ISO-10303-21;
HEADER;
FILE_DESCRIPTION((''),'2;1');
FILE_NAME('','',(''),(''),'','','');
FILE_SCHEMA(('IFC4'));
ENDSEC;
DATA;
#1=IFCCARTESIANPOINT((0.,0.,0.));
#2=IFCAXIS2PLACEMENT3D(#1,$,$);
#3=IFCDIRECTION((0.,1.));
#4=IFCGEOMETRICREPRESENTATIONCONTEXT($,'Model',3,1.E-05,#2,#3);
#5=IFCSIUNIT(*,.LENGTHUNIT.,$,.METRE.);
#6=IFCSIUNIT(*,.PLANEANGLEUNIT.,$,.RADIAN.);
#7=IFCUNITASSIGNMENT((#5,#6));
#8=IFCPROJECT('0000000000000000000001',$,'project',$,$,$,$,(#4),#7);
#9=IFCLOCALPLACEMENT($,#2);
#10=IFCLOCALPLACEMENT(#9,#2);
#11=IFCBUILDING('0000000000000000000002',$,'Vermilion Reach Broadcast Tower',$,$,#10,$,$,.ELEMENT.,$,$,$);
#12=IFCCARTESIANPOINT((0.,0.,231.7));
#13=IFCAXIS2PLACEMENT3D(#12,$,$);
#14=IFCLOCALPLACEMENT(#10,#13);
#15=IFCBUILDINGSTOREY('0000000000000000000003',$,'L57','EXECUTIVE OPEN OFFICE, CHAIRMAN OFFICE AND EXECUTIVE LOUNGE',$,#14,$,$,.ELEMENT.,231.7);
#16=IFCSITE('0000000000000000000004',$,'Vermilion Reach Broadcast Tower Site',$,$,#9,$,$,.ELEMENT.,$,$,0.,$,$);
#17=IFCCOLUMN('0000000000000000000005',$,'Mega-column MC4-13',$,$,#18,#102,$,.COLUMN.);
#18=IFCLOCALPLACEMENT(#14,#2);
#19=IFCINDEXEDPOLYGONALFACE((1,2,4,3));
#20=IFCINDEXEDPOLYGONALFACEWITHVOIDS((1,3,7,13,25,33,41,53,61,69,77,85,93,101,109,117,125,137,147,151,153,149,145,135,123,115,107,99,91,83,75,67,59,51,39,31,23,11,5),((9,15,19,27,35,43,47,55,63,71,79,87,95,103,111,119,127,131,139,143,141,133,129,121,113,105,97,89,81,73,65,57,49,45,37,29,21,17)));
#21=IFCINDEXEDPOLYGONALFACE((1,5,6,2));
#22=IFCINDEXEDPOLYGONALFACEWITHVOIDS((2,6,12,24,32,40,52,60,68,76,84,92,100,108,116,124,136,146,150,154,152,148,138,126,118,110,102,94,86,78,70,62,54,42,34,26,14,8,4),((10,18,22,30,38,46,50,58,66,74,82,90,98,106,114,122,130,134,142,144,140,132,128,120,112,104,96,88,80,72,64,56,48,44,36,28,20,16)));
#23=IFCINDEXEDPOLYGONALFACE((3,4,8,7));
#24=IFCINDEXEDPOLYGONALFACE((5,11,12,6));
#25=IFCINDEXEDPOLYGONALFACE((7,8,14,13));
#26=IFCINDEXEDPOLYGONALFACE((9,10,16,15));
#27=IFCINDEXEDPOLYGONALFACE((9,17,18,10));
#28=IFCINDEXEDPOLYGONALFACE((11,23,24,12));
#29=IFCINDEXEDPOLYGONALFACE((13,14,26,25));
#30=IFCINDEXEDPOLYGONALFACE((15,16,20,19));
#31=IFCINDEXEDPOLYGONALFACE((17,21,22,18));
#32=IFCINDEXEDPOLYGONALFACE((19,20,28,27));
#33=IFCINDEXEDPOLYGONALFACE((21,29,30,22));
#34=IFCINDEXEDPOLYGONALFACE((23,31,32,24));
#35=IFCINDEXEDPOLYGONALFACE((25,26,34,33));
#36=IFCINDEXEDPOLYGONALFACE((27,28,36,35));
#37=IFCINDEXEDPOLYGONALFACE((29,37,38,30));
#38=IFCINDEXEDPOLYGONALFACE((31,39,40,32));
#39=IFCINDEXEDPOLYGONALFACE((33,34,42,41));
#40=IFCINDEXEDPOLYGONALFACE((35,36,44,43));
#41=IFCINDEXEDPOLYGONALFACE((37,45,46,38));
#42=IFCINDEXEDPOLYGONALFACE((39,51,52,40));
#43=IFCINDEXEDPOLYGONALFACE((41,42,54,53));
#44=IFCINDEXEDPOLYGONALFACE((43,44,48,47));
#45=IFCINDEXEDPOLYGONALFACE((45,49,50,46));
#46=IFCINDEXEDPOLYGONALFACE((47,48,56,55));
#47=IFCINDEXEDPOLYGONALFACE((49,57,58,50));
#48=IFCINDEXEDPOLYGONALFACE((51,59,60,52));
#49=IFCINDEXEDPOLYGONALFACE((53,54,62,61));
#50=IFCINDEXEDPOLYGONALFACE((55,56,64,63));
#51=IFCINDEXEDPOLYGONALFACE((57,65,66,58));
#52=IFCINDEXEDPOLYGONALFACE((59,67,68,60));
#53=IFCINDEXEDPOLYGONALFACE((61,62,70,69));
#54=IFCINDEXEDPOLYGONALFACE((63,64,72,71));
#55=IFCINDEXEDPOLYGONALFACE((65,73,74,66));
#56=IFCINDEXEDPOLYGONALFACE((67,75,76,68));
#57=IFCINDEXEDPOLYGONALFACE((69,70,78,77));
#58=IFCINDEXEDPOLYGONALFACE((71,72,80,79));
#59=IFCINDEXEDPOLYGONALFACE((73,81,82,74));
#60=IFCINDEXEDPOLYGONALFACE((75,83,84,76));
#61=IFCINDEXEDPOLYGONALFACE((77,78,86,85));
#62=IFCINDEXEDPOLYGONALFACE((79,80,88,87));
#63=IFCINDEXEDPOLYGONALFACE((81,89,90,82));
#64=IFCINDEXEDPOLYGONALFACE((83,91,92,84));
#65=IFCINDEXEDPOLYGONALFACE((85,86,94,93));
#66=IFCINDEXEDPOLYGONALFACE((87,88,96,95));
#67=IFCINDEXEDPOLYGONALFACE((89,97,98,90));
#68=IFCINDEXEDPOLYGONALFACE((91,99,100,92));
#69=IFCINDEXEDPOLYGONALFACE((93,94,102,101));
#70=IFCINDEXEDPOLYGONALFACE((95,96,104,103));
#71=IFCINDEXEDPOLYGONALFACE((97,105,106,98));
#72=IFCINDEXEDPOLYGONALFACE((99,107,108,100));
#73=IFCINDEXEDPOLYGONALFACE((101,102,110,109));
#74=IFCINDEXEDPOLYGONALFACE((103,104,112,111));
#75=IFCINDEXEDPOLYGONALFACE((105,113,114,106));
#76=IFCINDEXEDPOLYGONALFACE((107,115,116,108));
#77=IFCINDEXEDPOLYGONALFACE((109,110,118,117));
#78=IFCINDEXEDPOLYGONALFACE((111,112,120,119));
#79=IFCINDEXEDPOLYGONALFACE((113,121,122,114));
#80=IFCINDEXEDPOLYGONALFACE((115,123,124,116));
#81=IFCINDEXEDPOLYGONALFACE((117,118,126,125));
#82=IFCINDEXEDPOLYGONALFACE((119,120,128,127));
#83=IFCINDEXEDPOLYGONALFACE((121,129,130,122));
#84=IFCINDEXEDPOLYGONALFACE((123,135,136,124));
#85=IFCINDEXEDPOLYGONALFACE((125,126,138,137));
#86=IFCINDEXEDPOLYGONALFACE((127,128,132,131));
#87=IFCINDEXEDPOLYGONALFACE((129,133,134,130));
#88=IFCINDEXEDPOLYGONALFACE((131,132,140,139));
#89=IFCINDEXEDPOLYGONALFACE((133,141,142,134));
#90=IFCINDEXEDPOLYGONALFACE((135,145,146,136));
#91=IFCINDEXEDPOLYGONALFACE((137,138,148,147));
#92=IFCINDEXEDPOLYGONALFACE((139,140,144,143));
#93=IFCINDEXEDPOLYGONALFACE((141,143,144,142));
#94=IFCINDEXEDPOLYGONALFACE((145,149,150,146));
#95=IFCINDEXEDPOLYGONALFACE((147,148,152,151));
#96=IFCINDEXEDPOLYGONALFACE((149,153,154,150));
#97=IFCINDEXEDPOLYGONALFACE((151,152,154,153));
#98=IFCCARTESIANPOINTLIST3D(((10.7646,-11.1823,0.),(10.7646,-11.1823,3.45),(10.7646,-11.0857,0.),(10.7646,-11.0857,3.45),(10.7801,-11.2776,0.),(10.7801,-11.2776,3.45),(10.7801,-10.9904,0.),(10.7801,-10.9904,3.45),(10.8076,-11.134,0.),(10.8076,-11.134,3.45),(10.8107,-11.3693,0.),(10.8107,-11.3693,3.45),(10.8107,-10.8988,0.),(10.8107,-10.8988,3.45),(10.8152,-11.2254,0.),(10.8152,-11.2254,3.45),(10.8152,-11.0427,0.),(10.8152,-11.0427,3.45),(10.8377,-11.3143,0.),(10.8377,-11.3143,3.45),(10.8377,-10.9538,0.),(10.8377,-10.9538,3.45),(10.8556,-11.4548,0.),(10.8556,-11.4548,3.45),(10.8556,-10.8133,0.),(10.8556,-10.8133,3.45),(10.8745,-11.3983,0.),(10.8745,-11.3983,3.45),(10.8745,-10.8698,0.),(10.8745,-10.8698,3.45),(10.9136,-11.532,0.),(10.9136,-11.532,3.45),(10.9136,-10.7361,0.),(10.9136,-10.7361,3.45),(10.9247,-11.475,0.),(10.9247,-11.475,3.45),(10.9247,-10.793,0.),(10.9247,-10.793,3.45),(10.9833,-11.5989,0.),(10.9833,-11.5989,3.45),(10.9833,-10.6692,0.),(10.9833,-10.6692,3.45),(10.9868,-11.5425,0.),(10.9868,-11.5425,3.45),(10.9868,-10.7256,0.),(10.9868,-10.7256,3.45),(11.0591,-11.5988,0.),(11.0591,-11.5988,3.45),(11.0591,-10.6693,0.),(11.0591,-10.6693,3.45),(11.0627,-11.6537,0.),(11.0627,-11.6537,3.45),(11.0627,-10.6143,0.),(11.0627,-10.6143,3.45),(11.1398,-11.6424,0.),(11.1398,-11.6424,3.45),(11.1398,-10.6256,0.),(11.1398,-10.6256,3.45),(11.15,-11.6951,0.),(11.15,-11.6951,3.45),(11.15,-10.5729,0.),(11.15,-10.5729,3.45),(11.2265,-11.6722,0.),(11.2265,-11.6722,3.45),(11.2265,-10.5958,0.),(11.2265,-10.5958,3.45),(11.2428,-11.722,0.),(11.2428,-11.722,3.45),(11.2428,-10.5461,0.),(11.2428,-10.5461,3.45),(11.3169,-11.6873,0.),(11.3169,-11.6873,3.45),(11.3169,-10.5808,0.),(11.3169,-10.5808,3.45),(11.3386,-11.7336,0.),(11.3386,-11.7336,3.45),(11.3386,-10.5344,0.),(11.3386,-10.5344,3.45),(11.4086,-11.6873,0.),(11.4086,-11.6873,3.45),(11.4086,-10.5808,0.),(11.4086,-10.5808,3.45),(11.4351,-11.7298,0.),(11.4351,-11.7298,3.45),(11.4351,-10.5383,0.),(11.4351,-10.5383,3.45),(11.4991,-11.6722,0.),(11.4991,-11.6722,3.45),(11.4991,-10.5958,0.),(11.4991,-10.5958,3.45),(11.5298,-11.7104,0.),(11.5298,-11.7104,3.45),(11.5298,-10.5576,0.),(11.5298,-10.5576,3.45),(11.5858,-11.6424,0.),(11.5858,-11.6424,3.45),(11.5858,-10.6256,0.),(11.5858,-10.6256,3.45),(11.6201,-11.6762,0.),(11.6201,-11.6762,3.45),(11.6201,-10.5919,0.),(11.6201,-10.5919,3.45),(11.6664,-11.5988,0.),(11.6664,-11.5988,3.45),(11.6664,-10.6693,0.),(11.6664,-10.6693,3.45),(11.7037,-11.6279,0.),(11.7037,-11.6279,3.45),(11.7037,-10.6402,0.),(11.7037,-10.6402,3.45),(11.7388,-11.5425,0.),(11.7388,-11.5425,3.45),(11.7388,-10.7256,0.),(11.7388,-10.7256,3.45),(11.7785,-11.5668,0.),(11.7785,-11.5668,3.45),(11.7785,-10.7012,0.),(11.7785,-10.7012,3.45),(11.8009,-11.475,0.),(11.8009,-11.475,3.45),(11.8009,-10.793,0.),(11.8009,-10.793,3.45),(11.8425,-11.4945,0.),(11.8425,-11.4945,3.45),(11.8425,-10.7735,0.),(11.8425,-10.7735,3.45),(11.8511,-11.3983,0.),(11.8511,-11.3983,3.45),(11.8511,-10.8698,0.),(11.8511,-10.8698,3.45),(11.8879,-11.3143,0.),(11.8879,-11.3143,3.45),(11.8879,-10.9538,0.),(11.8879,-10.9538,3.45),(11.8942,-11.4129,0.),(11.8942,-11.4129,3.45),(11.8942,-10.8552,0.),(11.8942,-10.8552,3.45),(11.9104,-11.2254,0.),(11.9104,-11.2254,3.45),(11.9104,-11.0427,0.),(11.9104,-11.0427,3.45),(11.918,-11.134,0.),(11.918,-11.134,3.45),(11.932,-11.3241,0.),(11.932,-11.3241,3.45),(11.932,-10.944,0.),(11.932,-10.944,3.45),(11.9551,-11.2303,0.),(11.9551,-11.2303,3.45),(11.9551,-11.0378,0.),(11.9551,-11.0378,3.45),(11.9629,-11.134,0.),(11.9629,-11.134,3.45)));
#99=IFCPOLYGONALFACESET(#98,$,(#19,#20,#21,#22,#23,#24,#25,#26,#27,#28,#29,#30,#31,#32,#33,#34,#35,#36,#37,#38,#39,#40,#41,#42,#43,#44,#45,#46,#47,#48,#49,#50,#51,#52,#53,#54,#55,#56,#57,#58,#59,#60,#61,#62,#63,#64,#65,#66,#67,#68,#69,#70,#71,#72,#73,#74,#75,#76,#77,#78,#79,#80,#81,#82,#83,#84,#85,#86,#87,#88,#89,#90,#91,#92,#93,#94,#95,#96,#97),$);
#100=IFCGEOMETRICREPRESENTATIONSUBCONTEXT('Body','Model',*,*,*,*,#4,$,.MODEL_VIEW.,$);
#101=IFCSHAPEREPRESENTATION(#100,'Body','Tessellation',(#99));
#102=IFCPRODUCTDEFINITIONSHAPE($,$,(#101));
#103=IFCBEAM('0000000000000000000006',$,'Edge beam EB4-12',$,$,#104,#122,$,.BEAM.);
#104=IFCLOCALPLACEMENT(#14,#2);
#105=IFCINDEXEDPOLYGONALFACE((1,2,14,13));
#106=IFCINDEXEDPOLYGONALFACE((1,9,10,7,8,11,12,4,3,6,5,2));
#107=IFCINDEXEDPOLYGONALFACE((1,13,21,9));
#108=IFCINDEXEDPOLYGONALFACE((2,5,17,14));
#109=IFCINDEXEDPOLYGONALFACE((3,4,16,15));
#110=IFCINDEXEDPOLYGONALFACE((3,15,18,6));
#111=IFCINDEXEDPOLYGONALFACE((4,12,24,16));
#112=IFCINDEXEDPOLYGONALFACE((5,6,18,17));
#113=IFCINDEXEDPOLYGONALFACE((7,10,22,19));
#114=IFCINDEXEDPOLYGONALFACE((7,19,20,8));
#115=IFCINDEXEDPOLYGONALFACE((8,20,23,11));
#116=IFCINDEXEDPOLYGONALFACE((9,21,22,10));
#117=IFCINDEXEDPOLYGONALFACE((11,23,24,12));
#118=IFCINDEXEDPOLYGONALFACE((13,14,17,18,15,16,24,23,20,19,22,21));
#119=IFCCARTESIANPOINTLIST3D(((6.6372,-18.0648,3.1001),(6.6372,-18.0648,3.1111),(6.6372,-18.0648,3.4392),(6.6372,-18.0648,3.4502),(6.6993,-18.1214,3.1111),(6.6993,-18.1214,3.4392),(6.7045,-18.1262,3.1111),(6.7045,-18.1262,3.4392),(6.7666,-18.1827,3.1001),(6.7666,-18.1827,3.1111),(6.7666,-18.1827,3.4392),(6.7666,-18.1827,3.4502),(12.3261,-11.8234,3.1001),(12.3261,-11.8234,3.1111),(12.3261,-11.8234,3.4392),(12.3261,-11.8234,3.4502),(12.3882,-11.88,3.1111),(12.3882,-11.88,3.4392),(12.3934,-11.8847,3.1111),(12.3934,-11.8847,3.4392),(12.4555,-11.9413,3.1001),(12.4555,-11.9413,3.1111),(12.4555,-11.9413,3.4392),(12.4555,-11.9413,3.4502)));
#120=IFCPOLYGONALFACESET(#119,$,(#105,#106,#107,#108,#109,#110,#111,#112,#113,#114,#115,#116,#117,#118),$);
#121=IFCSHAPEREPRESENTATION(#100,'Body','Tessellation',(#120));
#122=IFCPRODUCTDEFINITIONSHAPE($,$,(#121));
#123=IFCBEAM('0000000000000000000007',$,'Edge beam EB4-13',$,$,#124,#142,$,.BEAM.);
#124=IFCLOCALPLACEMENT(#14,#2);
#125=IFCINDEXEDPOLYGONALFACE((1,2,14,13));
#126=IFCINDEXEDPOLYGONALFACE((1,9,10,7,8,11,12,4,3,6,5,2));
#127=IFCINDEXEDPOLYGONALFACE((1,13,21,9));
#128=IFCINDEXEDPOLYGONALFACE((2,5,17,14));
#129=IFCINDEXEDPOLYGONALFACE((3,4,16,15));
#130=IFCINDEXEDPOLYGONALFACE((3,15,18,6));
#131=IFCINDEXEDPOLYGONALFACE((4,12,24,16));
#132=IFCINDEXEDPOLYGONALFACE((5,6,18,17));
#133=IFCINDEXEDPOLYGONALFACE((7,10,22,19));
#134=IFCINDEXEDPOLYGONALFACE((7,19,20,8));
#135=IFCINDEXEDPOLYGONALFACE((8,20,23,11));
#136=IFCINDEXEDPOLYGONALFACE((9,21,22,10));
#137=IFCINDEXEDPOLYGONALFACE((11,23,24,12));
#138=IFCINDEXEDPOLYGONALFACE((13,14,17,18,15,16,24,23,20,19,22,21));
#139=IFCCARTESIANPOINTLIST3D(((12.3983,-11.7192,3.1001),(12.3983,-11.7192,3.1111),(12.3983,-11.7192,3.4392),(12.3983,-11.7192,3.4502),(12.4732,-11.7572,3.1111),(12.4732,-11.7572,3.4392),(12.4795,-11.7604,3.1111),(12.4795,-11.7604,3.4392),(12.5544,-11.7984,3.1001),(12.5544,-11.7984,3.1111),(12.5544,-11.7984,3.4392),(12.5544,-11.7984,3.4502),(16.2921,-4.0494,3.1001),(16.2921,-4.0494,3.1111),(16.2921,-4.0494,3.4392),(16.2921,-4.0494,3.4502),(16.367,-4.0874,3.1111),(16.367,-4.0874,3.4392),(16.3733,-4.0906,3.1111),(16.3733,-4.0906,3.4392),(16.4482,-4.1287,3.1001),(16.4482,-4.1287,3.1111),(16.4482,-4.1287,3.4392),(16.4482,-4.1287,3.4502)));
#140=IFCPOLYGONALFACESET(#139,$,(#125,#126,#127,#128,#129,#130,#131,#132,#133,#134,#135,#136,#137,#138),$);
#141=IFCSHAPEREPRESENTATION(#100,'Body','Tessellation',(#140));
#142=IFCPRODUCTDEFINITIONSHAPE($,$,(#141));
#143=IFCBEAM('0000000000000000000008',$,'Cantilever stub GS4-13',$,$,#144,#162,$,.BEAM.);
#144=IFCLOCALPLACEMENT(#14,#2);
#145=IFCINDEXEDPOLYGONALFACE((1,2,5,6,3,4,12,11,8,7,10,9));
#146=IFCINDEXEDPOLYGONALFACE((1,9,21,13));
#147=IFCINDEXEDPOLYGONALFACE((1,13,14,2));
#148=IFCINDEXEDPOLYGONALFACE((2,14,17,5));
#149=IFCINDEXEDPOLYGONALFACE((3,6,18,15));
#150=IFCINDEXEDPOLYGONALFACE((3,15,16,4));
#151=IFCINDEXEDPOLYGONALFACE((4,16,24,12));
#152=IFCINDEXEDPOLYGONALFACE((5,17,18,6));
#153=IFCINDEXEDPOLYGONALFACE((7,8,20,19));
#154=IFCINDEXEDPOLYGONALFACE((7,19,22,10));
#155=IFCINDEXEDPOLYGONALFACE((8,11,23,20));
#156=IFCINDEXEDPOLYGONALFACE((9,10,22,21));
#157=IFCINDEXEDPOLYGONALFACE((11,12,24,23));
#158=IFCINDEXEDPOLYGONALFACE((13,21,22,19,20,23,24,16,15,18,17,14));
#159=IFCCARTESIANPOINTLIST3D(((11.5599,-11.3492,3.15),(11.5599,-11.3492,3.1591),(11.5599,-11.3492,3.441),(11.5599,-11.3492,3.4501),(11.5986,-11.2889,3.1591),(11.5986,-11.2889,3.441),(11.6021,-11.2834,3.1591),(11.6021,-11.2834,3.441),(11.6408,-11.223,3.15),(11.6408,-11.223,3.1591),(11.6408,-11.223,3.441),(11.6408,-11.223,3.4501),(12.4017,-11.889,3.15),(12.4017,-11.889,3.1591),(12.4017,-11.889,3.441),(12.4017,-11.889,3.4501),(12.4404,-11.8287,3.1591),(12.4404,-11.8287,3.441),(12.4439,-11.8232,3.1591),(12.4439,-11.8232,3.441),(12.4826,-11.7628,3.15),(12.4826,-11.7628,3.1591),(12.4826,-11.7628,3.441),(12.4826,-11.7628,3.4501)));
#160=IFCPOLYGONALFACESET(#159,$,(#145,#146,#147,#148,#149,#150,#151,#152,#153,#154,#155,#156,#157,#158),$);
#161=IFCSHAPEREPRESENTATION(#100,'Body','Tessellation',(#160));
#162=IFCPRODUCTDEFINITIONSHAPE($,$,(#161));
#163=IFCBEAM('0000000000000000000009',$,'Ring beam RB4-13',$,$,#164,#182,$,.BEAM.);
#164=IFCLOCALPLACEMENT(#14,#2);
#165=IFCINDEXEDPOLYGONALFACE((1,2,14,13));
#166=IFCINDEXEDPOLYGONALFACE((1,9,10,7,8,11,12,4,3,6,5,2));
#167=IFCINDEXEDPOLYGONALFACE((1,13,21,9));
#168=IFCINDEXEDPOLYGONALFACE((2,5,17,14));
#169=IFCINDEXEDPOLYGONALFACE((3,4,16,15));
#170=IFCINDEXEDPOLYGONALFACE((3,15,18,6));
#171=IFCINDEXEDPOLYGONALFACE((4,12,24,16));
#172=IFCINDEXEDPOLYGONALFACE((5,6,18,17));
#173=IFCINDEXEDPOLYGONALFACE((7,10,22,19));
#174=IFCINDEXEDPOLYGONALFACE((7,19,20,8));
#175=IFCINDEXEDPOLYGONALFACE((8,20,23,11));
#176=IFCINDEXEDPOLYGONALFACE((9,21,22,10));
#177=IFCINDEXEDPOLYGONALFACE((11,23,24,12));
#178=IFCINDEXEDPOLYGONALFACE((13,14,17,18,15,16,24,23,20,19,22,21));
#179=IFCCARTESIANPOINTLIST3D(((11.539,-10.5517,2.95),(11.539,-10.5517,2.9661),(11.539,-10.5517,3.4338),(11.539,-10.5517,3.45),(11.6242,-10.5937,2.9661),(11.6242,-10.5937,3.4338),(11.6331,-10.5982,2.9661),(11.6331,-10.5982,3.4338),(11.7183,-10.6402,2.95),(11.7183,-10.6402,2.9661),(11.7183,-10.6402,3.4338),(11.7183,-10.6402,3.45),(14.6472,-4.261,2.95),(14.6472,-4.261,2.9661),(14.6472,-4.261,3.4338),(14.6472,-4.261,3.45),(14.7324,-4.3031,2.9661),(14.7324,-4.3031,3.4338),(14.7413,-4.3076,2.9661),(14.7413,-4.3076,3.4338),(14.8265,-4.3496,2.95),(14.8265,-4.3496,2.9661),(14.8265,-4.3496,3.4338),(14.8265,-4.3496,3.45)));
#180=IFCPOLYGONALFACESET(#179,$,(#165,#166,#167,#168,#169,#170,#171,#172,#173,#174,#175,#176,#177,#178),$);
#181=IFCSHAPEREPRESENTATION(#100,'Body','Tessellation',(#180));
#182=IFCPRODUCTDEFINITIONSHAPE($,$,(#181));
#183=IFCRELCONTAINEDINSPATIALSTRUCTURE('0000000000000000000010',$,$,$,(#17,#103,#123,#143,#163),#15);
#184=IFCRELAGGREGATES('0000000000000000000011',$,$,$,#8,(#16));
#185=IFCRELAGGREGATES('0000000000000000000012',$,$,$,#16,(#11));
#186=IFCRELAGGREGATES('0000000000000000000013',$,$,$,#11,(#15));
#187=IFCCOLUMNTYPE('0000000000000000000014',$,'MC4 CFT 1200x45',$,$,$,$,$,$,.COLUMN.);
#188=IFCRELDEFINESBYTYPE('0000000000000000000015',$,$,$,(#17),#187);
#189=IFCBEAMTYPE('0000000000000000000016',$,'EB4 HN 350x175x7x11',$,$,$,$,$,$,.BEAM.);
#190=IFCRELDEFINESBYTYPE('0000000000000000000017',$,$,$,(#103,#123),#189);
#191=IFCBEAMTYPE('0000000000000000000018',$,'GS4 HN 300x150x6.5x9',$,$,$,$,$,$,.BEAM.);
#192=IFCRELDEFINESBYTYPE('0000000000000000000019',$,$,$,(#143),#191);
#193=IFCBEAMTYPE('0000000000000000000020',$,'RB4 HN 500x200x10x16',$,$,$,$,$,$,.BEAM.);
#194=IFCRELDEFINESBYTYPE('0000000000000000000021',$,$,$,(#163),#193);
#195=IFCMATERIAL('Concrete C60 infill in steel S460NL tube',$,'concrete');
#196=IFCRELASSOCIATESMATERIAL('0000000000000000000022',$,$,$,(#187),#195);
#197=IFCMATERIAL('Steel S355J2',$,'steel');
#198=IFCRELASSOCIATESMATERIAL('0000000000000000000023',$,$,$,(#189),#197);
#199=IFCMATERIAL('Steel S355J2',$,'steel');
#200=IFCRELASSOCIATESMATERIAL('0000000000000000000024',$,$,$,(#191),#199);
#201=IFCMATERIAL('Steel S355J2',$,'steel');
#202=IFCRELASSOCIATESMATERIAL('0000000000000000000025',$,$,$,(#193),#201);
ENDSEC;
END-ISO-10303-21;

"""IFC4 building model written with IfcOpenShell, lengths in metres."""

from ifc_helpers import new_model, si_unit, direction, frame, origin, origin_2d, place, context, subcontext, project, spatial, hollow_circle, i_section, extrude, material, material_profile, profile_set, type_object, element, save


model = new_model("IFC4")

# Units and contexts
model_context = context("Model", 3, precision=1e-05, world=origin(), true_north=direction((0.0, 1.0)))
body_context = subcontext(model_context, "Body", "Model", "MODEL_VIEW")
ifc_project = project(units=[si_unit("LENGTHUNIT", "METRE"), si_unit("PLANEANGLEUNIT", "RADIAN")], contexts=[model_context])

# Site, building, storey
site_placement = place(None, origin())
site = spatial("IfcSite", under=ifc_project, at=site_placement, Name="Vermilion Reach Broadcast Tower Site", CompositionType="ELEMENT", RefElevation=0.0)
building_placement = place(site_placement, origin())
building = spatial("IfcBuilding", under=site, at=building_placement, Name="Vermilion Reach Broadcast Tower", CompositionType="ELEMENT")
storey_placement = place(building_placement, frame((0.0, 0.0, 231.7)))
storey = spatial("IfcBuildingStorey", under=building, at=storey_placement, Name="L57", Description="EXECUTIVE OPEN OFFICE, CHAIRMAN OFFICE AND EXECUTIVE LOUNGE", CompositionType="ELEMENT", Elevation=231.7)

# Column
ifc_material_1 = material(Name="Concrete C60 infill in steel S460NL tube", Category="concrete")
ifc_material_profile_1 = material_profile(ifc_material_1, hollow_circle(Radius=0.6001, WallThickness=0.0449, at=origin_2d()), Name="Concrete C60 infill in steel S460NL tube CFT 1200x45")
ifc_profile_set_1 = profile_set([ifc_material_profile_1], Name="Concrete C60 infill in steel S460NL tube")
column_type = type_object("IfcColumnType", Name="MC4 CFT 1200x45", PredefinedType="COLUMN", material=ifc_profile_set_1)
column_placement = place(storey_placement, frame((11.3628, -11.134, 0.0), z_axis=(0.0, 0.0, 1.0), x_axis=(1.0, 0.0, 0.0)))
element("IfcColumn", 1, at=column_placement, inside=storey, type_object=column_type, Name="Mega-column MC4-13", PredefinedType="COLUMN", context=body_context, shape_type="SweptSolid", body=[
    extrude(hollow_circle(Radius=0.6001, WallThickness=0.0449, at=origin_2d()), origin(), (0.0, 0.0, 1.0), 3.45),
])

# Beams
ifc_material_2 = material(Name="Steel S355J2", Category="steel")
ifc_material_profile_2 = material_profile(ifc_material_2, i_section(OverallWidth=0.175, OverallDepth=0.3501, WebThickness=0.0071, FlangeThickness=0.011, at=origin_2d()), Name="S355J2 HN 350x175x7x11")
ifc_profile_set_2 = profile_set([ifc_material_profile_2], Name="Steel S355J2")
beam_type_1 = type_object("IfcBeamType", Name="EB4 HN 350x175x7x11", PredefinedType="BEAM", material=ifc_profile_set_2)
beam_1_placement = place(storey_placement, frame((6.7019, -18.1238, 3.2751), z_axis=(0.673639, 0.73906, 0.0), x_axis=(-0.73906, 0.673639, 0.0)))
element("IfcBeam", 2, at=beam_1_placement, inside=storey, type_object=beam_type_1, Name="Edge beam EB4-12", PredefinedType="BEAM", context=body_context, shape_type="SweptSolid", body=[
    extrude(i_section(OverallWidth=0.175, OverallDepth=0.3501, WebThickness=0.0071, FlangeThickness=0.011, at=origin_2d()), origin(), (0.0, 0.0, 1.0), 8.4451),
])
beam_2_placement = place(storey_placement, frame((12.4763, -11.7588, 3.2751), z_axis=(0.452689, 0.891669, 0.0), x_axis=(-0.891669, 0.452689, 0.0)))
element("IfcBeam", 3, at=beam_2_placement, inside=storey, type_object=beam_type_1, Name="Edge beam EB4-13", PredefinedType="BEAM", context=body_context, shape_type="SweptSolid", body=[
    extrude(i_section(OverallWidth=0.175, OverallDepth=0.3501, WebThickness=0.0071, FlangeThickness=0.011, at=origin_2d()), origin(), (0.0, 0.0, 1.0), 8.6016),
])
ifc_material_3 = material(Name="Steel S355J2", Category="steel")
ifc_material_profile_3 = material_profile(ifc_material_3, i_section(OverallWidth=0.1499, OverallDepth=0.3, WebThickness=0.0066, FlangeThickness=0.009, at=origin_2d()), Name="S355J2 HN 300x150x6.5x9")
ifc_profile_set_3 = profile_set([ifc_material_profile_3], Name="Steel S355J2")
beam_type_2 = type_object("IfcBeamType", Name="GS4 HN 300x150x6.5x9", PredefinedType="BEAM", material=ifc_profile_set_3)
beam_3_placement = place(storey_placement, frame((11.6003, -11.2861, 3.3), z_axis=(0.841797, -0.539795, 0.0), x_axis=(0.539795, 0.841797, 0.0)))
element("IfcBeam", 4, at=beam_3_placement, inside=storey, type_object=beam_type_2, Name="Cantilever stub GS4-13", PredefinedType="BEAM", context=body_context, shape_type="SweptSolid", body=[
    extrude(i_section(OverallWidth=0.1499, OverallDepth=0.3, WebThickness=0.0066, FlangeThickness=0.009, at=origin_2d()), origin(), (0.0, 0.0, 1.0), 1.0),
])
ifc_material_4 = material(Name="Steel S355J2", Category="steel")
ifc_material_profile_4 = material_profile(ifc_material_4, i_section(OverallWidth=0.2, OverallDepth=0.5, WebThickness=0.01, FlangeThickness=0.0161, at=origin_2d()), Name="S355J2 HN 500x200x10x16")
ifc_profile_set_4 = profile_set([ifc_material_profile_4], Name="Steel S355J2")
beam_type_3 = type_object("IfcBeamType", Name="RB4 HN 500x200x10x16", PredefinedType="BEAM", material=ifc_profile_set_4)
beam_4_placement = place(storey_placement, frame((11.6287, -10.5959, 3.2), z_axis=(0.442977, 0.896533, 0.0), x_axis=(-0.896533, 0.442977, 0.0)))
element("IfcBeam", 5, at=beam_4_placement, inside=storey, type_object=beam_type_3, Name="Ring beam RB4-13", PredefinedType="BEAM", context=body_context, shape_type="SweptSolid", body=[
    extrude(i_section(OverallWidth=0.2, OverallDepth=0.5, WebThickness=0.01, FlangeThickness=0.0161, at=origin_2d()), origin(), (0.0, 0.0, 1.0), 7.0166),
])

save(model, "model.ifc")
